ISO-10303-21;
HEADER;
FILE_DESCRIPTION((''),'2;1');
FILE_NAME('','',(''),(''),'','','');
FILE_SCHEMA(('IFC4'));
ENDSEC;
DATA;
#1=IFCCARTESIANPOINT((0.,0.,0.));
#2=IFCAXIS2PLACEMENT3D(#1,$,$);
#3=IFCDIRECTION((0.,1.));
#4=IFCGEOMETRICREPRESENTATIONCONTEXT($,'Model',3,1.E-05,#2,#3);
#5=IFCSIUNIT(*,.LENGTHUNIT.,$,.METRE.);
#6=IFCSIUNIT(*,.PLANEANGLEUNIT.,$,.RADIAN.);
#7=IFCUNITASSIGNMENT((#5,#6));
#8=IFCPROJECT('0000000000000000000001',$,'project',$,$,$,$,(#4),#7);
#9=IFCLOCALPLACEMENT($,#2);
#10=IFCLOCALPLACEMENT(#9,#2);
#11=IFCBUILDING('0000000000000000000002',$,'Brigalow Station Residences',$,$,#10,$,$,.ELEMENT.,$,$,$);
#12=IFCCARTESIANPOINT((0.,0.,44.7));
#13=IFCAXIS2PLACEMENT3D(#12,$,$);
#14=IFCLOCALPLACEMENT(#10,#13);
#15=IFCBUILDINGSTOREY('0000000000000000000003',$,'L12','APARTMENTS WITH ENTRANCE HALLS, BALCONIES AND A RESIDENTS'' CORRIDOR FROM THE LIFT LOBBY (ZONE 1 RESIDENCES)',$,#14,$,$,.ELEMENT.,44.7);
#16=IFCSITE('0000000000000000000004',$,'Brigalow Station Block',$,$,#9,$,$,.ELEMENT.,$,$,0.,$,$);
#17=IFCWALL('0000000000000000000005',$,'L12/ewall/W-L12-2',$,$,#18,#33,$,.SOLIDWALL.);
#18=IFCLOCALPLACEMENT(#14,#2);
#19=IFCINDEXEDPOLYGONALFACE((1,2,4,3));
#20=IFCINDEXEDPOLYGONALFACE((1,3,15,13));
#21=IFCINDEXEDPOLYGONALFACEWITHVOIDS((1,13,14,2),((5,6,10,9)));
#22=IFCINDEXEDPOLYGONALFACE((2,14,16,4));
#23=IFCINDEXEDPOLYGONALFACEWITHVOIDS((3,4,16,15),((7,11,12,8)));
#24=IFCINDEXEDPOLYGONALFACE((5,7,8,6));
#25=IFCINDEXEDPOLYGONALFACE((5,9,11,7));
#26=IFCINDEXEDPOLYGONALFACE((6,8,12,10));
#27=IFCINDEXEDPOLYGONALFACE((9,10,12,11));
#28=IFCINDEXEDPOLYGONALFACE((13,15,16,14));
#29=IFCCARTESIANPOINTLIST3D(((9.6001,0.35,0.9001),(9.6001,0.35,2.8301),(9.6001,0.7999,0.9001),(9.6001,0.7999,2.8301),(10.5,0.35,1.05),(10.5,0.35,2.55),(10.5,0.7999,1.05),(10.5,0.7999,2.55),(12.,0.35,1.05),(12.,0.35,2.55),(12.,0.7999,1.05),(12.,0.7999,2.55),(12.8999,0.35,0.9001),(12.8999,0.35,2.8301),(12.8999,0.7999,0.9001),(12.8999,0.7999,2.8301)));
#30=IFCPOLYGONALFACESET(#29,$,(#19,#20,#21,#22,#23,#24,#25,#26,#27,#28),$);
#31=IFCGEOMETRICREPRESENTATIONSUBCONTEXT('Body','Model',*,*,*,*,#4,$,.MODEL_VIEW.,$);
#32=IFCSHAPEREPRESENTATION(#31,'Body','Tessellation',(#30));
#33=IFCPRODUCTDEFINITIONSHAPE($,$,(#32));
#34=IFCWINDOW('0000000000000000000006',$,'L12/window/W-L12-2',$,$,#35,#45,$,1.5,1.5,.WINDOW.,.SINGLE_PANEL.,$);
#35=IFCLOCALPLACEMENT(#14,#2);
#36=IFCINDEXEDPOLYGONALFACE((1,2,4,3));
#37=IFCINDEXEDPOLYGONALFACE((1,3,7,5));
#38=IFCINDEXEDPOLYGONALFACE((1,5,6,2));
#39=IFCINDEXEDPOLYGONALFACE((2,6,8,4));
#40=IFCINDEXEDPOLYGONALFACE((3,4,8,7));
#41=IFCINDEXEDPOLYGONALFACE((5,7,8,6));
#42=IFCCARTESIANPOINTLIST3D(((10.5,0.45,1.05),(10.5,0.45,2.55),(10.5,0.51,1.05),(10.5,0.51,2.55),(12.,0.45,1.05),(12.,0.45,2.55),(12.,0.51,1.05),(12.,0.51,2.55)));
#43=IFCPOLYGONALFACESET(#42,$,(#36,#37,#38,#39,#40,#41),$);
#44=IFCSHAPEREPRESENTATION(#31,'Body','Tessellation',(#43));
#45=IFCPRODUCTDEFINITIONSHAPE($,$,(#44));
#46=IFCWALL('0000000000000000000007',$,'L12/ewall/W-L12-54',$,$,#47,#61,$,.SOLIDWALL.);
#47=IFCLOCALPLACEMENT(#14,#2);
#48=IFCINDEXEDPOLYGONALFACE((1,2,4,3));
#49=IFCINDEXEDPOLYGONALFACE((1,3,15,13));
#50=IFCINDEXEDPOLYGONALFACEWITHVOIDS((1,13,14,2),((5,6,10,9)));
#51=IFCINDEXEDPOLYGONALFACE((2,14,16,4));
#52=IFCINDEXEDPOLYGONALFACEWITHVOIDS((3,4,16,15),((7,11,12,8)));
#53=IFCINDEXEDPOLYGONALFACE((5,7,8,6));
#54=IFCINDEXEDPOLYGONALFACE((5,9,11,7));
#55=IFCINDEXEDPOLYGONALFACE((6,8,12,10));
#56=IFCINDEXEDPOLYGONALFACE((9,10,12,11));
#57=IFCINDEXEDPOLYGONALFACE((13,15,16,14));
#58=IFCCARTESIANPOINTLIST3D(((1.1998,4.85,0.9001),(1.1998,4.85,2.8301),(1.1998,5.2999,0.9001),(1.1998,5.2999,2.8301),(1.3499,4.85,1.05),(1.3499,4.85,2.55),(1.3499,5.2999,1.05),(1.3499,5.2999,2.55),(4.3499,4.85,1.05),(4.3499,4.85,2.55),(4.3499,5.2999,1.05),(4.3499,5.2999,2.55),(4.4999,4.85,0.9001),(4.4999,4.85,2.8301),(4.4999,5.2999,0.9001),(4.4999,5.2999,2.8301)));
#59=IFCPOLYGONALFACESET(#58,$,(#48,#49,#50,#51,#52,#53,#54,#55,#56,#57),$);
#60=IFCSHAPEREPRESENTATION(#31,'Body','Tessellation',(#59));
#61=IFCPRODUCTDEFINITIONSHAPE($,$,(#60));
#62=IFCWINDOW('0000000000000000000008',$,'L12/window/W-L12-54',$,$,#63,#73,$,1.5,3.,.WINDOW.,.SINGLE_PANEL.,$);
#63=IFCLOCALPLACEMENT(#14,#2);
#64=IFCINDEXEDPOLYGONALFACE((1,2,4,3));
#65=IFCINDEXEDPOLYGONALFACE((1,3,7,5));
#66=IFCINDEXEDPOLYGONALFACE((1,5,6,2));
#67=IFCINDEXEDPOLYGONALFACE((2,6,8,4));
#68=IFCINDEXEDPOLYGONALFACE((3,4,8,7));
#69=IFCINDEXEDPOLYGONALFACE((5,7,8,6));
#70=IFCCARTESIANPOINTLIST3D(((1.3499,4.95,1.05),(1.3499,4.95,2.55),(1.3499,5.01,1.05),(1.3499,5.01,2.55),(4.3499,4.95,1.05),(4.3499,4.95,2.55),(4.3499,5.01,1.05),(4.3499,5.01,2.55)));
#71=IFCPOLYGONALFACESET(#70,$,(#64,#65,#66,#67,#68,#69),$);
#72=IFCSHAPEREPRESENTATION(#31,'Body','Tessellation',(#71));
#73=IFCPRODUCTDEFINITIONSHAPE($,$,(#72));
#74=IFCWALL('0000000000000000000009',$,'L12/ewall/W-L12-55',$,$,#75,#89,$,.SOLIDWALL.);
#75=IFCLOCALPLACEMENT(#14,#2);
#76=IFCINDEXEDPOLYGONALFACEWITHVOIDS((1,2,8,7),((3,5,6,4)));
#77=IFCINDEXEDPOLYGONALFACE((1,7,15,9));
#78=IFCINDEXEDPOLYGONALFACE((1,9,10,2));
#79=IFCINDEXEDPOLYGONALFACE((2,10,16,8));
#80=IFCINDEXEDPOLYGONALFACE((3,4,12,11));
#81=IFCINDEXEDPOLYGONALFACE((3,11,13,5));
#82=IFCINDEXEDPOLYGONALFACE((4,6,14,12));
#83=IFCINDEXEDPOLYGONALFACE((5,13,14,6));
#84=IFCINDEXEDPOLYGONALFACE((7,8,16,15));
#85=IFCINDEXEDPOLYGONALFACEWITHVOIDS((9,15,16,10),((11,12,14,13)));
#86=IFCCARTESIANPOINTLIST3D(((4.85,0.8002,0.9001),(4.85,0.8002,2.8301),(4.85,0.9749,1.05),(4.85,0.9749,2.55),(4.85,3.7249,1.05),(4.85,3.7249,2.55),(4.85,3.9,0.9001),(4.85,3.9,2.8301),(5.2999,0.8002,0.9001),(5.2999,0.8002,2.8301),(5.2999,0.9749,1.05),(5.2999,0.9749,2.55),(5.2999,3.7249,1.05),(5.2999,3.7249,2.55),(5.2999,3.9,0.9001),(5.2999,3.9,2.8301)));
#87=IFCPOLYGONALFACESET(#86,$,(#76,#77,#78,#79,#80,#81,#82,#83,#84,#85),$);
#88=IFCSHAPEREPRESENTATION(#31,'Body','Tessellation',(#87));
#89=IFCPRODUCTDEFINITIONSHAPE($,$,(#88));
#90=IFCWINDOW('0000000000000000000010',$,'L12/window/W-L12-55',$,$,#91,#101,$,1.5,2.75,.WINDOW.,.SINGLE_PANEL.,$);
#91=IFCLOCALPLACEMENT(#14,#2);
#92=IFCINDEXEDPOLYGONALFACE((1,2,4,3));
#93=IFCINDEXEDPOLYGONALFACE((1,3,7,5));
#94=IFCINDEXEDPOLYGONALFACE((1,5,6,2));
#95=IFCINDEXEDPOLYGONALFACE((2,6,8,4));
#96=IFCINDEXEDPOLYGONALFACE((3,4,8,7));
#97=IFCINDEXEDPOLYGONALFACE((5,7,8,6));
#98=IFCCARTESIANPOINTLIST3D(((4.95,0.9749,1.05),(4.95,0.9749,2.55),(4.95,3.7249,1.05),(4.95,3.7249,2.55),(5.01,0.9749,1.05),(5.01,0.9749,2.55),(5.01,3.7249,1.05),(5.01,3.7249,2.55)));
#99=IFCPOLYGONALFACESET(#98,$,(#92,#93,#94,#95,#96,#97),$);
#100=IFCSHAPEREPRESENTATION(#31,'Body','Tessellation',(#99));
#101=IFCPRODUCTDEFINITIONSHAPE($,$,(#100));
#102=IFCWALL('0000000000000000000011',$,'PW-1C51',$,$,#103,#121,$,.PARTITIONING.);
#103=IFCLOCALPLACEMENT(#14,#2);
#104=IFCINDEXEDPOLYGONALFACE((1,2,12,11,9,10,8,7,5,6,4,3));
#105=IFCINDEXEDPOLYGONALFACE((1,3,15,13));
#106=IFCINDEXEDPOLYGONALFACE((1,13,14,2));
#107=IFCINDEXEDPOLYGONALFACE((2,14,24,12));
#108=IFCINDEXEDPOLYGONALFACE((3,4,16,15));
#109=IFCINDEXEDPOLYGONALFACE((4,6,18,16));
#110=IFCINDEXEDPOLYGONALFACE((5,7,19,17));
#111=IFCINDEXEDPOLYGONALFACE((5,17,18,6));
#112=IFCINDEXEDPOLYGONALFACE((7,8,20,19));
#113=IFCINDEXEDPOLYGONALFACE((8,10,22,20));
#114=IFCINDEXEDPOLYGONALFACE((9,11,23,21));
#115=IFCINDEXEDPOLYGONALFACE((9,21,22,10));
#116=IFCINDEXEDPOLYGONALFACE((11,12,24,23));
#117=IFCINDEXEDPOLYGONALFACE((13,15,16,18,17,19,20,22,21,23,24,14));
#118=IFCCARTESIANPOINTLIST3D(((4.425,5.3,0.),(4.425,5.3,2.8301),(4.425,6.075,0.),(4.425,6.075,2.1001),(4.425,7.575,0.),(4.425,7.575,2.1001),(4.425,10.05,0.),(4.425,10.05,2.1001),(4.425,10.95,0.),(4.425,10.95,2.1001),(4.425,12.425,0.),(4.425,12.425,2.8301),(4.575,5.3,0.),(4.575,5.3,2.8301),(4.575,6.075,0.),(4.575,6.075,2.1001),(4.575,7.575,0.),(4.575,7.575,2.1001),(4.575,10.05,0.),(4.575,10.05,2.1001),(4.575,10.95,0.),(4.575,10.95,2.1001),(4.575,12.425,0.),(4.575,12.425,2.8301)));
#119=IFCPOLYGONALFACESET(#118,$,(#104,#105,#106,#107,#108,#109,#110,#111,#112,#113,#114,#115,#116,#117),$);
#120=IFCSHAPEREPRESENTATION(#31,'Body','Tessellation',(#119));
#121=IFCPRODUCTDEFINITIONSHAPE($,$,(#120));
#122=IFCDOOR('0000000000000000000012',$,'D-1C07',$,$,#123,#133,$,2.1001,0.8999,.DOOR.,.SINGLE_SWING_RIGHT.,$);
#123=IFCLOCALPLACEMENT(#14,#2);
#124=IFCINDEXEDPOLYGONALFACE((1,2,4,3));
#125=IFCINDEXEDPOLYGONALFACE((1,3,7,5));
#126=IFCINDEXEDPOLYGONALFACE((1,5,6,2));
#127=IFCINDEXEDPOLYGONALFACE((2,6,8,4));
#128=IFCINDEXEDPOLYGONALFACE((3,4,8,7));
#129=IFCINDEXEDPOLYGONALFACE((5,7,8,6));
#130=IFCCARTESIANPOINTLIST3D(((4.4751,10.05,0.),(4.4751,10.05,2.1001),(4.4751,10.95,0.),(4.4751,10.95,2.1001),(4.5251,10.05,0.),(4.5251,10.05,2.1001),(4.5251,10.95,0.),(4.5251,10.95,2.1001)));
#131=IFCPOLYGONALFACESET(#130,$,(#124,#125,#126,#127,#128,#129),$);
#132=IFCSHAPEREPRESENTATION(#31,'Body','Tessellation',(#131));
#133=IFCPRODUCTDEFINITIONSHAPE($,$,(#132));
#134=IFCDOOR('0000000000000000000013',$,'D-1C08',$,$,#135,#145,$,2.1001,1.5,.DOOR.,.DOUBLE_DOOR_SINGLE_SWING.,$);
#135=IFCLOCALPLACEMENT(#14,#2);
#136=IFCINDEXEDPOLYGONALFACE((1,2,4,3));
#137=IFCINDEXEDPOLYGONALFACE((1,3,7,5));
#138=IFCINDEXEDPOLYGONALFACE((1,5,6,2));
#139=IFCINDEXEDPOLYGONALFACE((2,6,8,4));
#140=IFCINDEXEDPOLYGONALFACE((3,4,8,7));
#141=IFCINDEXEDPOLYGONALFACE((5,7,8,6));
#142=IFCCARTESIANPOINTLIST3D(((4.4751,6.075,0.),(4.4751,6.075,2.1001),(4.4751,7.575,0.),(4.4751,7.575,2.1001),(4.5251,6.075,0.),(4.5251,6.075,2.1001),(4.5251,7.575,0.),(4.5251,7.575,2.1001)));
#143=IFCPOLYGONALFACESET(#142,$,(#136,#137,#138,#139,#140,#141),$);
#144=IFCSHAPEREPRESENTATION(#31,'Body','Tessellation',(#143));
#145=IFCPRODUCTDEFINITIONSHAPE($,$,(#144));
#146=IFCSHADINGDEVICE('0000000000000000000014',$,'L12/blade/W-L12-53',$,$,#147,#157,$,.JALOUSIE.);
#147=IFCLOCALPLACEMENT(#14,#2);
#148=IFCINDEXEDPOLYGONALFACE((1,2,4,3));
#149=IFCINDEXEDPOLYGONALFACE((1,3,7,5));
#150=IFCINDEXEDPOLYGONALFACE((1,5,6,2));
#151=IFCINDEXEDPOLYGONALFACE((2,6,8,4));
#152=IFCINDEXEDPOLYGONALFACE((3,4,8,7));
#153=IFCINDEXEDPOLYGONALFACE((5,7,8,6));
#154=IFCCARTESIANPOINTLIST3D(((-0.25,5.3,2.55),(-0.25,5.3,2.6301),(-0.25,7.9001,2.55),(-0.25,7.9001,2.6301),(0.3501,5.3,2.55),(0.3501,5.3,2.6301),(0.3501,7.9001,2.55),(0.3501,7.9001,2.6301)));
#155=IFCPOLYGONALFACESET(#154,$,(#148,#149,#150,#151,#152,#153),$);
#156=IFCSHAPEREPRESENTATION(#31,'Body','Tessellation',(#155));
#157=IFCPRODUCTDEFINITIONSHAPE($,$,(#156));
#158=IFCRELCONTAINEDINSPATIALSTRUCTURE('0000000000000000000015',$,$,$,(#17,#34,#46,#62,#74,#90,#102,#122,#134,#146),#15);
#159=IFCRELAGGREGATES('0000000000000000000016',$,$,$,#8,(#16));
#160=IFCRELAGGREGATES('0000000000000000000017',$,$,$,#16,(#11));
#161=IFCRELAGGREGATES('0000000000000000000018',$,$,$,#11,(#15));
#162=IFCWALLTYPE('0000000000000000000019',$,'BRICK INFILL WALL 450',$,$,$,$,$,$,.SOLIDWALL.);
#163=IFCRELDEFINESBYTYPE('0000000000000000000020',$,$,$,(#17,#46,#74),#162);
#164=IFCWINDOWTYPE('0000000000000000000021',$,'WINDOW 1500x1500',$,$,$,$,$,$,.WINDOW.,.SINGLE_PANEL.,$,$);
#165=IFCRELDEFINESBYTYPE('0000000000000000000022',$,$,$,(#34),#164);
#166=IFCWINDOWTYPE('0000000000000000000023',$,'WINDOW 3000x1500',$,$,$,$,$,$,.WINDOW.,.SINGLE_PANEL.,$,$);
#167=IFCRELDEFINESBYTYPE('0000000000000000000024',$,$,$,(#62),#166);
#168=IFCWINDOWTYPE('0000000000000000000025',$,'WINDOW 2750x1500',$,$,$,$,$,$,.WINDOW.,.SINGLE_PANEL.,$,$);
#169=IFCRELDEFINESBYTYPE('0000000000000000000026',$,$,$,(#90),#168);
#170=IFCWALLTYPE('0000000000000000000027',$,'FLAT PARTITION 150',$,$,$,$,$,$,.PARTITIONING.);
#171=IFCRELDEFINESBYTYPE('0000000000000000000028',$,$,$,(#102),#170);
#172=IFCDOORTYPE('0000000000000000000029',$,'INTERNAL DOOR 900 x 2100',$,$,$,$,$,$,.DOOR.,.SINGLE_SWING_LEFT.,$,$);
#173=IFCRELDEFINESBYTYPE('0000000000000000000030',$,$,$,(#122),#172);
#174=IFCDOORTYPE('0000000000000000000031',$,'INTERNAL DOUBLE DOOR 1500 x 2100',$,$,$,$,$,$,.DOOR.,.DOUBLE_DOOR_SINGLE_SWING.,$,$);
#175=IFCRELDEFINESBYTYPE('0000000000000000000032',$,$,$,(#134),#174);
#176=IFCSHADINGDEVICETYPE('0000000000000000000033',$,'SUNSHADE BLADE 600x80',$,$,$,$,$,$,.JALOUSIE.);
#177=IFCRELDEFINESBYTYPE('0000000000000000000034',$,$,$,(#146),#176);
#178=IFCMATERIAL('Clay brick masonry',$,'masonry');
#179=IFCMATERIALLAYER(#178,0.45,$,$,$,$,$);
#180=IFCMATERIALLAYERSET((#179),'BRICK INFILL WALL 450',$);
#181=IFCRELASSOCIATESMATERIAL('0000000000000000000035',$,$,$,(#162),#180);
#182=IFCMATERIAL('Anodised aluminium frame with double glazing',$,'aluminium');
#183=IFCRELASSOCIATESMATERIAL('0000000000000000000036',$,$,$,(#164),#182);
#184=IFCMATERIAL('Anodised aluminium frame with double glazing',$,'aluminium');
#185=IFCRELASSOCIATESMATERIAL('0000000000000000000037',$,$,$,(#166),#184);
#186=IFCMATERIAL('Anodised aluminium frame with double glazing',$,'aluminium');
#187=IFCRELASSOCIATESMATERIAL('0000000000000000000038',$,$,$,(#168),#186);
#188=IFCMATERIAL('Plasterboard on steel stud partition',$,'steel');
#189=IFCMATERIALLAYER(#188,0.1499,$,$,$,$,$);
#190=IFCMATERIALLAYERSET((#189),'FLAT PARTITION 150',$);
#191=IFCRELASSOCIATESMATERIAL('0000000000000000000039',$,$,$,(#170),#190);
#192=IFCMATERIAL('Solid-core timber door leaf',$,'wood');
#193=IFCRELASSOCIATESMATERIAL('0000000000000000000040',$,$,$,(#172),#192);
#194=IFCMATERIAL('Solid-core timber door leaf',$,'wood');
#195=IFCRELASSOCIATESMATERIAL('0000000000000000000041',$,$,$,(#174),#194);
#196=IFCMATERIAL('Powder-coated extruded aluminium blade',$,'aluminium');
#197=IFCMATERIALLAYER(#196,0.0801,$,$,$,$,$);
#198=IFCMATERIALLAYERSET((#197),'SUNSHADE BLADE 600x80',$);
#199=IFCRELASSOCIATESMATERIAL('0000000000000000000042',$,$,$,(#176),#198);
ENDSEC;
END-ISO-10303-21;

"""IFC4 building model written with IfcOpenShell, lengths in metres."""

from ifc_helpers import new_model, si_unit, direction, frame, frame_2d, origin, origin_2d, place, context, subcontext, project, spatial, rectangle, extrude, material, layer, layer_set, type_object, element, fill, save


model = new_model("IFC4")

# Units and contexts
model_context = context("Model", 3, precision=1e-05, world=origin(), true_north=direction((0.0, 1.0)))
body_context = subcontext(model_context, "Body", "Model", "MODEL_VIEW")
ifc_project = project(units=[si_unit("LENGTHUNIT", "METRE"), si_unit("PLANEANGLEUNIT", "RADIAN")], contexts=[model_context])

# Site, building, storey
site_placement = place(None, origin())
site = spatial("IfcSite", under=ifc_project, at=site_placement, Name="Brigalow Station Block", CompositionType="ELEMENT", RefElevation=0.0)
building_placement = place(site_placement, origin())
building = spatial("IfcBuilding", under=site, at=building_placement, Name="Brigalow Station Residences", CompositionType="ELEMENT")
storey_placement = place(building_placement, frame((0.0, 0.0, 44.7)))
storey = spatial("IfcBuildingStorey", under=building, at=storey_placement, Name="L12", Description="APARTMENTS WITH ENTRANCE HALLS, BALCONIES AND A RESIDENTS' CORRIDOR FROM THE LIFT LOBBY (ZONE 1 RESIDENCES)", CompositionType="ELEMENT", Elevation=44.7)

# Walls, openings, windows
ifc_material_1 = material(Name="Clay brick masonry", Category="masonry")
ifc_layer_1 = layer(ifc_material_1, 0.45)
ifc_layer_set_1 = layer_set([ifc_layer_1], Name="BRICK INFILL WALL 450")
wall_type_1 = type_object("IfcWallType", Name="BRICK INFILL WALL 450", PredefinedType="SOLIDWALL", material=ifc_layer_set_1)
ifc_material_2 = material(Name="Anodised aluminium frame with double glazing", Category="aluminium")
window_type_1 = type_object("IfcWindowType", Name="WINDOW 1500x1500", PartitioningType="SINGLE_PANEL", PredefinedType="WINDOW", material=ifc_material_2)
wall_1_placement = place(storey_placement, frame((9.6001, 0.575, 0.9001), z_axis=(0.0, 0.0, 1.0), x_axis=(1.0, 0.0, 0.0)))
wall_1 = element("IfcWall", 1, at=wall_1_placement, inside=storey, type_object=wall_type_1, Name="L12/ewall/W-L12-2", PredefinedType="SOLIDWALL", context=body_context, shape_type="SweptSolid", body=[
    extrude(rectangle(XDim=3.2998, YDim=0.45, at=frame_2d((1.6499, 0.0))), origin(), (0.0, 0.0, 1.0), 1.9299),
])
opening_1_placement = place(wall_1_placement, frame((0.8999, 0.0, 0.1499)))
opening_1 = element("IfcOpeningElement", 2, at=opening_1_placement, cuts=wall_1, PredefinedType="OPENING", context=body_context, shape_type="SweptSolid", body=[
    extrude(rectangle(XDim=1.5, YDim=1.5, at=frame_2d((0.75, 0.75))), frame((0.0, 0.2349, 0.0), z_axis=(0.0, -1.0, 0.0), x_axis=(1.0, 0.0, 0.0)), (0.0, 0.0, 1.0), 0.47),
])
window_1_placement = place(opening_1_placement, origin())
window_1 = element("IfcWindow", 3, at=window_1_placement, inside=storey, type_object=window_type_1, Name="L12/window/W-L12-2", OverallHeight=1.5, OverallWidth=1.5, PartitioningType="SINGLE_PANEL", PredefinedType="WINDOW", context=body_context, shape_type="SweptSolid", body=[
    extrude(rectangle(XDim=1.5, YDim=1.5, at=frame_2d((0.75, 0.75))), frame((0.0, -0.0649, 0.0), z_axis=(0.0, -1.0, 0.0), x_axis=(1.0, 0.0, 0.0)), (0.0, 0.0, 1.0), 0.0601),
])
fill(opening_1, window_1)
wall_2_placement = place(storey_placement, frame((1.2, 5.075, 0.9001), z_axis=(0.0, 0.0, 1.0), x_axis=(1.0, 0.0, 0.0)))
wall_2 = element("IfcWall", 4, at=wall_2_placement, inside=storey, type_object=wall_type_1, Name="L12/ewall/W-L12-54", PredefinedType="SOLIDWALL", context=body_context, shape_type="SweptSolid", body=[
    extrude(rectangle(XDim=3.3, YDim=0.45, at=frame_2d((1.6499, 0.0))), origin(), (0.0, 0.0, 1.0), 1.9299),
])
opening_2_placement = place(wall_2_placement, frame((0.1499, 0.0, 0.1499)))
opening_2 = element("IfcOpeningElement", 5, at=opening_2_placement, cuts=wall_2, PredefinedType="OPENING", context=body_context, shape_type="SweptSolid", body=[
    extrude(rectangle(XDim=3.0, YDim=1.5, at=frame_2d((1.5, 0.75))), frame((0.0, 0.2349, 0.0), z_axis=(0.0, -1.0, 0.0), x_axis=(1.0, 0.0, 0.0)), (0.0, 0.0, 1.0), 0.47),
])
ifc_material_3 = material(Name="Anodised aluminium frame with double glazing", Category="aluminium")
window_type_2 = type_object("IfcWindowType", Name="WINDOW 3000x1500", PartitioningType="SINGLE_PANEL", PredefinedType="WINDOW", material=ifc_material_3)
window_2_placement = place(opening_2_placement, origin())
window_2 = element("IfcWindow", 6, at=window_2_placement, inside=storey, type_object=window_type_2, Name="L12/window/W-L12-54", OverallHeight=1.5, OverallWidth=3.0, PartitioningType="SINGLE_PANEL", PredefinedType="WINDOW", context=body_context, shape_type="SweptSolid", body=[
    extrude(rectangle(XDim=3.0, YDim=1.5, at=frame_2d((1.5, 0.75))), frame((0.0, -0.0649, 0.0), z_axis=(0.0, -1.0, 0.0), x_axis=(1.0, 0.0, 0.0)), (0.0, 0.0, 1.0), 0.0601),
])
fill(opening_2, window_2)
wall_3_placement = place(storey_placement, frame((5.075, 3.8999, 0.9001), z_axis=(0.0, 0.0, 1.0), x_axis=(0.0, -1.0, 0.0)))
wall_3 = element("IfcWall", 7, at=wall_3_placement, inside=storey, type_object=wall_type_1, Name="L12/ewall/W-L12-55", PredefinedType="SOLIDWALL", context=body_context, shape_type="SweptSolid", body=[
    extrude(rectangle(XDim=3.0999, YDim=0.45, at=frame_2d((1.5498, 0.0))), origin(), (0.0, 0.0, 1.0), 1.9299),
])
opening_3_placement = place(wall_3_placement, frame((0.175, 0.0, 0.1499)))
opening_3 = element("IfcOpeningElement", 8, at=opening_3_placement, cuts=wall_3, PredefinedType="OPENING", context=body_context, shape_type="SweptSolid", body=[
    extrude(rectangle(XDim=2.75, YDim=1.5, at=frame_2d((1.375, 0.75))), frame((0.0, 0.2349, 0.0), z_axis=(0.0, -1.0, 0.0), x_axis=(1.0, 0.0, 0.0)), (0.0, 0.0, 1.0), 0.47),
])
ifc_material_4 = material(Name="Anodised aluminium frame with double glazing", Category="aluminium")
window_type_3 = type_object("IfcWindowType", Name="WINDOW 2750x1500", PartitioningType="SINGLE_PANEL", PredefinedType="WINDOW", material=ifc_material_4)
window_3_placement = place(opening_3_placement, origin())
window_3 = element("IfcWindow", 9, at=window_3_placement, inside=storey, type_object=window_type_3, Name="L12/window/W-L12-55", OverallHeight=1.5, OverallWidth=2.75, PartitioningType="SINGLE_PANEL", PredefinedType="WINDOW", context=body_context, shape_type="SweptSolid", body=[
    extrude(rectangle(XDim=2.75, YDim=1.5, at=frame_2d((1.375, 0.75))), frame((0.0, -0.0649, 0.0), z_axis=(0.0, -1.0, 0.0), x_axis=(1.0, 0.0, 0.0)), (0.0, 0.0, 1.0), 0.0601),
])
fill(opening_3, window_3)

# Wall, openings, doors
ifc_material_5 = material(Name="Plasterboard on steel stud partition", Category="steel")
ifc_layer_2 = layer(ifc_material_5, 0.1499)
ifc_layer_set_2 = layer_set([ifc_layer_2], Name="FLAT PARTITION 150")
wall_type_2 = type_object("IfcWallType", Name="FLAT PARTITION 150", PredefinedType="PARTITIONING", material=ifc_layer_set_2)
wall_4_placement = place(storey_placement, frame((4.5, 5.3, 0.0), z_axis=(0.0, 0.0, 1.0), x_axis=(0.0, 1.0, 0.0)))
wall_4 = element("IfcWall", 10, at=wall_4_placement, inside=storey, type_object=wall_type_2, Name="PW-1C51", PredefinedType="PARTITIONING", context=body_context, shape_type="SweptSolid", body=[
    extrude(rectangle(XDim=7.125, YDim=0.1499, at=frame_2d((3.5625, 0.0))), origin(), (0.0, 0.0, 1.0), 2.8301),
])
opening_4_placement = place(wall_4_placement, frame((4.75, 0.0, 0.0)))
opening_4 = element("IfcOpeningElement", 11, at=opening_4_placement, cuts=wall_4, PredefinedType="OPENING", context=body_context, shape_type="SweptSolid", body=[
    extrude(rectangle(XDim=0.8999, YDim=2.1001, at=frame_2d((0.45, 1.05))), frame((0.0, 0.085, 0.0), z_axis=(0.0, -1.0, 0.0), x_axis=(1.0, 0.0, 0.0)), (0.0, 0.0, 1.0), 0.1699),
])
opening_5_placement = place(wall_4_placement, frame((0.7749, 0.0, 0.0)))
opening_5 = element("IfcOpeningElement", 12, at=opening_5_placement, cuts=wall_4, PredefinedType="OPENING", context=body_context, shape_type="SweptSolid", body=[
    extrude(rectangle(XDim=1.5, YDim=2.1001, at=frame_2d((0.75, 1.05))), frame((0.0, 0.085, 0.0), z_axis=(0.0, -1.0, 0.0), x_axis=(1.0, 0.0, 0.0)), (0.0, 0.0, 1.0), 0.1699),
])
ifc_material_6 = material(Name="Solid-core timber door leaf", Category="wood")
door_type_1 = type_object("IfcDoorType", Name="INTERNAL DOOR 900 x 2100", OperationType="SINGLE_SWING_LEFT", PredefinedType="DOOR", material=ifc_material_6)
door_1_placement = place(opening_4_placement, origin())
door_1 = element("IfcDoor", 13, at=door_1_placement, inside=storey, type_object=door_type_1, Name="D-1C07", OperationType="SINGLE_SWING_RIGHT", OverallHeight=2.1001, OverallWidth=0.8999, PredefinedType="DOOR", context=body_context, shape_type="SweptSolid", body=[
    extrude(rectangle(XDim=0.8999, YDim=2.1001, at=frame_2d((0.45, 1.05))), frame((0.0, 0.0249, 0.0), z_axis=(0.0, -1.0, 0.0), x_axis=(1.0, 0.0, 0.0)), (0.0, 0.0, 1.0), 0.05),
])
fill(opening_4, door_1)
ifc_material_7 = material(Name="Solid-core timber door leaf", Category="wood")
door_type_2 = type_object("IfcDoorType", Name="INTERNAL DOUBLE DOOR 1500 x 2100", OperationType="DOUBLE_DOOR_SINGLE_SWING", PredefinedType="DOOR", material=ifc_material_7)
door_2_placement = place(opening_5_placement, origin())
door_2 = element("IfcDoor", 14, at=door_2_placement, inside=storey, type_object=door_type_2, Name="D-1C08", OperationType="DOUBLE_DOOR_SINGLE_SWING", OverallHeight=2.1001, OverallWidth=1.5, PredefinedType="DOOR", context=body_context, shape_type="SweptSolid", body=[
    extrude(rectangle(XDim=1.5, YDim=2.1001, at=frame_2d((0.75, 1.05))), frame((0.0, 0.0249, 0.0), z_axis=(0.0, -1.0, 0.0), x_axis=(1.0, 0.0, 0.0)), (0.0, 0.0, 1.0), 0.05),
])
fill(opening_5, door_2)

# Shading device
ifc_material_8 = material(Name="Powder-coated extruded aluminium blade", Category="aluminium")
ifc_layer_3 = layer(ifc_material_8, 0.0801)
ifc_layer_set_3 = layer_set([ifc_layer_3], Name="SUNSHADE BLADE 600x80")
shading_device_type = type_object("IfcShadingDeviceType", Name="SUNSHADE BLADE 600x80", PredefinedType="JALOUSIE", material=ifc_layer_set_3)
shading_device_1_placement = place(storey_placement, frame((0.05, 6.6001, 2.55), z_axis=(0.0, 0.0, 1.0), x_axis=(0.0, -1.0, 0.0)))
element("IfcShadingDevice", 15, at=shading_device_1_placement, inside=storey, type_object=shading_device_type, Name="L12/blade/W-L12-53", PredefinedType="JALOUSIE", context=body_context, shape_type="SweptSolid", body=[
    extrude(rectangle(XDim=2.6001, YDim=0.6001, at=origin_2d()), origin(), (0.0, 0.0, 1.0), 0.0801),
])

save(model, "model.ifc")
